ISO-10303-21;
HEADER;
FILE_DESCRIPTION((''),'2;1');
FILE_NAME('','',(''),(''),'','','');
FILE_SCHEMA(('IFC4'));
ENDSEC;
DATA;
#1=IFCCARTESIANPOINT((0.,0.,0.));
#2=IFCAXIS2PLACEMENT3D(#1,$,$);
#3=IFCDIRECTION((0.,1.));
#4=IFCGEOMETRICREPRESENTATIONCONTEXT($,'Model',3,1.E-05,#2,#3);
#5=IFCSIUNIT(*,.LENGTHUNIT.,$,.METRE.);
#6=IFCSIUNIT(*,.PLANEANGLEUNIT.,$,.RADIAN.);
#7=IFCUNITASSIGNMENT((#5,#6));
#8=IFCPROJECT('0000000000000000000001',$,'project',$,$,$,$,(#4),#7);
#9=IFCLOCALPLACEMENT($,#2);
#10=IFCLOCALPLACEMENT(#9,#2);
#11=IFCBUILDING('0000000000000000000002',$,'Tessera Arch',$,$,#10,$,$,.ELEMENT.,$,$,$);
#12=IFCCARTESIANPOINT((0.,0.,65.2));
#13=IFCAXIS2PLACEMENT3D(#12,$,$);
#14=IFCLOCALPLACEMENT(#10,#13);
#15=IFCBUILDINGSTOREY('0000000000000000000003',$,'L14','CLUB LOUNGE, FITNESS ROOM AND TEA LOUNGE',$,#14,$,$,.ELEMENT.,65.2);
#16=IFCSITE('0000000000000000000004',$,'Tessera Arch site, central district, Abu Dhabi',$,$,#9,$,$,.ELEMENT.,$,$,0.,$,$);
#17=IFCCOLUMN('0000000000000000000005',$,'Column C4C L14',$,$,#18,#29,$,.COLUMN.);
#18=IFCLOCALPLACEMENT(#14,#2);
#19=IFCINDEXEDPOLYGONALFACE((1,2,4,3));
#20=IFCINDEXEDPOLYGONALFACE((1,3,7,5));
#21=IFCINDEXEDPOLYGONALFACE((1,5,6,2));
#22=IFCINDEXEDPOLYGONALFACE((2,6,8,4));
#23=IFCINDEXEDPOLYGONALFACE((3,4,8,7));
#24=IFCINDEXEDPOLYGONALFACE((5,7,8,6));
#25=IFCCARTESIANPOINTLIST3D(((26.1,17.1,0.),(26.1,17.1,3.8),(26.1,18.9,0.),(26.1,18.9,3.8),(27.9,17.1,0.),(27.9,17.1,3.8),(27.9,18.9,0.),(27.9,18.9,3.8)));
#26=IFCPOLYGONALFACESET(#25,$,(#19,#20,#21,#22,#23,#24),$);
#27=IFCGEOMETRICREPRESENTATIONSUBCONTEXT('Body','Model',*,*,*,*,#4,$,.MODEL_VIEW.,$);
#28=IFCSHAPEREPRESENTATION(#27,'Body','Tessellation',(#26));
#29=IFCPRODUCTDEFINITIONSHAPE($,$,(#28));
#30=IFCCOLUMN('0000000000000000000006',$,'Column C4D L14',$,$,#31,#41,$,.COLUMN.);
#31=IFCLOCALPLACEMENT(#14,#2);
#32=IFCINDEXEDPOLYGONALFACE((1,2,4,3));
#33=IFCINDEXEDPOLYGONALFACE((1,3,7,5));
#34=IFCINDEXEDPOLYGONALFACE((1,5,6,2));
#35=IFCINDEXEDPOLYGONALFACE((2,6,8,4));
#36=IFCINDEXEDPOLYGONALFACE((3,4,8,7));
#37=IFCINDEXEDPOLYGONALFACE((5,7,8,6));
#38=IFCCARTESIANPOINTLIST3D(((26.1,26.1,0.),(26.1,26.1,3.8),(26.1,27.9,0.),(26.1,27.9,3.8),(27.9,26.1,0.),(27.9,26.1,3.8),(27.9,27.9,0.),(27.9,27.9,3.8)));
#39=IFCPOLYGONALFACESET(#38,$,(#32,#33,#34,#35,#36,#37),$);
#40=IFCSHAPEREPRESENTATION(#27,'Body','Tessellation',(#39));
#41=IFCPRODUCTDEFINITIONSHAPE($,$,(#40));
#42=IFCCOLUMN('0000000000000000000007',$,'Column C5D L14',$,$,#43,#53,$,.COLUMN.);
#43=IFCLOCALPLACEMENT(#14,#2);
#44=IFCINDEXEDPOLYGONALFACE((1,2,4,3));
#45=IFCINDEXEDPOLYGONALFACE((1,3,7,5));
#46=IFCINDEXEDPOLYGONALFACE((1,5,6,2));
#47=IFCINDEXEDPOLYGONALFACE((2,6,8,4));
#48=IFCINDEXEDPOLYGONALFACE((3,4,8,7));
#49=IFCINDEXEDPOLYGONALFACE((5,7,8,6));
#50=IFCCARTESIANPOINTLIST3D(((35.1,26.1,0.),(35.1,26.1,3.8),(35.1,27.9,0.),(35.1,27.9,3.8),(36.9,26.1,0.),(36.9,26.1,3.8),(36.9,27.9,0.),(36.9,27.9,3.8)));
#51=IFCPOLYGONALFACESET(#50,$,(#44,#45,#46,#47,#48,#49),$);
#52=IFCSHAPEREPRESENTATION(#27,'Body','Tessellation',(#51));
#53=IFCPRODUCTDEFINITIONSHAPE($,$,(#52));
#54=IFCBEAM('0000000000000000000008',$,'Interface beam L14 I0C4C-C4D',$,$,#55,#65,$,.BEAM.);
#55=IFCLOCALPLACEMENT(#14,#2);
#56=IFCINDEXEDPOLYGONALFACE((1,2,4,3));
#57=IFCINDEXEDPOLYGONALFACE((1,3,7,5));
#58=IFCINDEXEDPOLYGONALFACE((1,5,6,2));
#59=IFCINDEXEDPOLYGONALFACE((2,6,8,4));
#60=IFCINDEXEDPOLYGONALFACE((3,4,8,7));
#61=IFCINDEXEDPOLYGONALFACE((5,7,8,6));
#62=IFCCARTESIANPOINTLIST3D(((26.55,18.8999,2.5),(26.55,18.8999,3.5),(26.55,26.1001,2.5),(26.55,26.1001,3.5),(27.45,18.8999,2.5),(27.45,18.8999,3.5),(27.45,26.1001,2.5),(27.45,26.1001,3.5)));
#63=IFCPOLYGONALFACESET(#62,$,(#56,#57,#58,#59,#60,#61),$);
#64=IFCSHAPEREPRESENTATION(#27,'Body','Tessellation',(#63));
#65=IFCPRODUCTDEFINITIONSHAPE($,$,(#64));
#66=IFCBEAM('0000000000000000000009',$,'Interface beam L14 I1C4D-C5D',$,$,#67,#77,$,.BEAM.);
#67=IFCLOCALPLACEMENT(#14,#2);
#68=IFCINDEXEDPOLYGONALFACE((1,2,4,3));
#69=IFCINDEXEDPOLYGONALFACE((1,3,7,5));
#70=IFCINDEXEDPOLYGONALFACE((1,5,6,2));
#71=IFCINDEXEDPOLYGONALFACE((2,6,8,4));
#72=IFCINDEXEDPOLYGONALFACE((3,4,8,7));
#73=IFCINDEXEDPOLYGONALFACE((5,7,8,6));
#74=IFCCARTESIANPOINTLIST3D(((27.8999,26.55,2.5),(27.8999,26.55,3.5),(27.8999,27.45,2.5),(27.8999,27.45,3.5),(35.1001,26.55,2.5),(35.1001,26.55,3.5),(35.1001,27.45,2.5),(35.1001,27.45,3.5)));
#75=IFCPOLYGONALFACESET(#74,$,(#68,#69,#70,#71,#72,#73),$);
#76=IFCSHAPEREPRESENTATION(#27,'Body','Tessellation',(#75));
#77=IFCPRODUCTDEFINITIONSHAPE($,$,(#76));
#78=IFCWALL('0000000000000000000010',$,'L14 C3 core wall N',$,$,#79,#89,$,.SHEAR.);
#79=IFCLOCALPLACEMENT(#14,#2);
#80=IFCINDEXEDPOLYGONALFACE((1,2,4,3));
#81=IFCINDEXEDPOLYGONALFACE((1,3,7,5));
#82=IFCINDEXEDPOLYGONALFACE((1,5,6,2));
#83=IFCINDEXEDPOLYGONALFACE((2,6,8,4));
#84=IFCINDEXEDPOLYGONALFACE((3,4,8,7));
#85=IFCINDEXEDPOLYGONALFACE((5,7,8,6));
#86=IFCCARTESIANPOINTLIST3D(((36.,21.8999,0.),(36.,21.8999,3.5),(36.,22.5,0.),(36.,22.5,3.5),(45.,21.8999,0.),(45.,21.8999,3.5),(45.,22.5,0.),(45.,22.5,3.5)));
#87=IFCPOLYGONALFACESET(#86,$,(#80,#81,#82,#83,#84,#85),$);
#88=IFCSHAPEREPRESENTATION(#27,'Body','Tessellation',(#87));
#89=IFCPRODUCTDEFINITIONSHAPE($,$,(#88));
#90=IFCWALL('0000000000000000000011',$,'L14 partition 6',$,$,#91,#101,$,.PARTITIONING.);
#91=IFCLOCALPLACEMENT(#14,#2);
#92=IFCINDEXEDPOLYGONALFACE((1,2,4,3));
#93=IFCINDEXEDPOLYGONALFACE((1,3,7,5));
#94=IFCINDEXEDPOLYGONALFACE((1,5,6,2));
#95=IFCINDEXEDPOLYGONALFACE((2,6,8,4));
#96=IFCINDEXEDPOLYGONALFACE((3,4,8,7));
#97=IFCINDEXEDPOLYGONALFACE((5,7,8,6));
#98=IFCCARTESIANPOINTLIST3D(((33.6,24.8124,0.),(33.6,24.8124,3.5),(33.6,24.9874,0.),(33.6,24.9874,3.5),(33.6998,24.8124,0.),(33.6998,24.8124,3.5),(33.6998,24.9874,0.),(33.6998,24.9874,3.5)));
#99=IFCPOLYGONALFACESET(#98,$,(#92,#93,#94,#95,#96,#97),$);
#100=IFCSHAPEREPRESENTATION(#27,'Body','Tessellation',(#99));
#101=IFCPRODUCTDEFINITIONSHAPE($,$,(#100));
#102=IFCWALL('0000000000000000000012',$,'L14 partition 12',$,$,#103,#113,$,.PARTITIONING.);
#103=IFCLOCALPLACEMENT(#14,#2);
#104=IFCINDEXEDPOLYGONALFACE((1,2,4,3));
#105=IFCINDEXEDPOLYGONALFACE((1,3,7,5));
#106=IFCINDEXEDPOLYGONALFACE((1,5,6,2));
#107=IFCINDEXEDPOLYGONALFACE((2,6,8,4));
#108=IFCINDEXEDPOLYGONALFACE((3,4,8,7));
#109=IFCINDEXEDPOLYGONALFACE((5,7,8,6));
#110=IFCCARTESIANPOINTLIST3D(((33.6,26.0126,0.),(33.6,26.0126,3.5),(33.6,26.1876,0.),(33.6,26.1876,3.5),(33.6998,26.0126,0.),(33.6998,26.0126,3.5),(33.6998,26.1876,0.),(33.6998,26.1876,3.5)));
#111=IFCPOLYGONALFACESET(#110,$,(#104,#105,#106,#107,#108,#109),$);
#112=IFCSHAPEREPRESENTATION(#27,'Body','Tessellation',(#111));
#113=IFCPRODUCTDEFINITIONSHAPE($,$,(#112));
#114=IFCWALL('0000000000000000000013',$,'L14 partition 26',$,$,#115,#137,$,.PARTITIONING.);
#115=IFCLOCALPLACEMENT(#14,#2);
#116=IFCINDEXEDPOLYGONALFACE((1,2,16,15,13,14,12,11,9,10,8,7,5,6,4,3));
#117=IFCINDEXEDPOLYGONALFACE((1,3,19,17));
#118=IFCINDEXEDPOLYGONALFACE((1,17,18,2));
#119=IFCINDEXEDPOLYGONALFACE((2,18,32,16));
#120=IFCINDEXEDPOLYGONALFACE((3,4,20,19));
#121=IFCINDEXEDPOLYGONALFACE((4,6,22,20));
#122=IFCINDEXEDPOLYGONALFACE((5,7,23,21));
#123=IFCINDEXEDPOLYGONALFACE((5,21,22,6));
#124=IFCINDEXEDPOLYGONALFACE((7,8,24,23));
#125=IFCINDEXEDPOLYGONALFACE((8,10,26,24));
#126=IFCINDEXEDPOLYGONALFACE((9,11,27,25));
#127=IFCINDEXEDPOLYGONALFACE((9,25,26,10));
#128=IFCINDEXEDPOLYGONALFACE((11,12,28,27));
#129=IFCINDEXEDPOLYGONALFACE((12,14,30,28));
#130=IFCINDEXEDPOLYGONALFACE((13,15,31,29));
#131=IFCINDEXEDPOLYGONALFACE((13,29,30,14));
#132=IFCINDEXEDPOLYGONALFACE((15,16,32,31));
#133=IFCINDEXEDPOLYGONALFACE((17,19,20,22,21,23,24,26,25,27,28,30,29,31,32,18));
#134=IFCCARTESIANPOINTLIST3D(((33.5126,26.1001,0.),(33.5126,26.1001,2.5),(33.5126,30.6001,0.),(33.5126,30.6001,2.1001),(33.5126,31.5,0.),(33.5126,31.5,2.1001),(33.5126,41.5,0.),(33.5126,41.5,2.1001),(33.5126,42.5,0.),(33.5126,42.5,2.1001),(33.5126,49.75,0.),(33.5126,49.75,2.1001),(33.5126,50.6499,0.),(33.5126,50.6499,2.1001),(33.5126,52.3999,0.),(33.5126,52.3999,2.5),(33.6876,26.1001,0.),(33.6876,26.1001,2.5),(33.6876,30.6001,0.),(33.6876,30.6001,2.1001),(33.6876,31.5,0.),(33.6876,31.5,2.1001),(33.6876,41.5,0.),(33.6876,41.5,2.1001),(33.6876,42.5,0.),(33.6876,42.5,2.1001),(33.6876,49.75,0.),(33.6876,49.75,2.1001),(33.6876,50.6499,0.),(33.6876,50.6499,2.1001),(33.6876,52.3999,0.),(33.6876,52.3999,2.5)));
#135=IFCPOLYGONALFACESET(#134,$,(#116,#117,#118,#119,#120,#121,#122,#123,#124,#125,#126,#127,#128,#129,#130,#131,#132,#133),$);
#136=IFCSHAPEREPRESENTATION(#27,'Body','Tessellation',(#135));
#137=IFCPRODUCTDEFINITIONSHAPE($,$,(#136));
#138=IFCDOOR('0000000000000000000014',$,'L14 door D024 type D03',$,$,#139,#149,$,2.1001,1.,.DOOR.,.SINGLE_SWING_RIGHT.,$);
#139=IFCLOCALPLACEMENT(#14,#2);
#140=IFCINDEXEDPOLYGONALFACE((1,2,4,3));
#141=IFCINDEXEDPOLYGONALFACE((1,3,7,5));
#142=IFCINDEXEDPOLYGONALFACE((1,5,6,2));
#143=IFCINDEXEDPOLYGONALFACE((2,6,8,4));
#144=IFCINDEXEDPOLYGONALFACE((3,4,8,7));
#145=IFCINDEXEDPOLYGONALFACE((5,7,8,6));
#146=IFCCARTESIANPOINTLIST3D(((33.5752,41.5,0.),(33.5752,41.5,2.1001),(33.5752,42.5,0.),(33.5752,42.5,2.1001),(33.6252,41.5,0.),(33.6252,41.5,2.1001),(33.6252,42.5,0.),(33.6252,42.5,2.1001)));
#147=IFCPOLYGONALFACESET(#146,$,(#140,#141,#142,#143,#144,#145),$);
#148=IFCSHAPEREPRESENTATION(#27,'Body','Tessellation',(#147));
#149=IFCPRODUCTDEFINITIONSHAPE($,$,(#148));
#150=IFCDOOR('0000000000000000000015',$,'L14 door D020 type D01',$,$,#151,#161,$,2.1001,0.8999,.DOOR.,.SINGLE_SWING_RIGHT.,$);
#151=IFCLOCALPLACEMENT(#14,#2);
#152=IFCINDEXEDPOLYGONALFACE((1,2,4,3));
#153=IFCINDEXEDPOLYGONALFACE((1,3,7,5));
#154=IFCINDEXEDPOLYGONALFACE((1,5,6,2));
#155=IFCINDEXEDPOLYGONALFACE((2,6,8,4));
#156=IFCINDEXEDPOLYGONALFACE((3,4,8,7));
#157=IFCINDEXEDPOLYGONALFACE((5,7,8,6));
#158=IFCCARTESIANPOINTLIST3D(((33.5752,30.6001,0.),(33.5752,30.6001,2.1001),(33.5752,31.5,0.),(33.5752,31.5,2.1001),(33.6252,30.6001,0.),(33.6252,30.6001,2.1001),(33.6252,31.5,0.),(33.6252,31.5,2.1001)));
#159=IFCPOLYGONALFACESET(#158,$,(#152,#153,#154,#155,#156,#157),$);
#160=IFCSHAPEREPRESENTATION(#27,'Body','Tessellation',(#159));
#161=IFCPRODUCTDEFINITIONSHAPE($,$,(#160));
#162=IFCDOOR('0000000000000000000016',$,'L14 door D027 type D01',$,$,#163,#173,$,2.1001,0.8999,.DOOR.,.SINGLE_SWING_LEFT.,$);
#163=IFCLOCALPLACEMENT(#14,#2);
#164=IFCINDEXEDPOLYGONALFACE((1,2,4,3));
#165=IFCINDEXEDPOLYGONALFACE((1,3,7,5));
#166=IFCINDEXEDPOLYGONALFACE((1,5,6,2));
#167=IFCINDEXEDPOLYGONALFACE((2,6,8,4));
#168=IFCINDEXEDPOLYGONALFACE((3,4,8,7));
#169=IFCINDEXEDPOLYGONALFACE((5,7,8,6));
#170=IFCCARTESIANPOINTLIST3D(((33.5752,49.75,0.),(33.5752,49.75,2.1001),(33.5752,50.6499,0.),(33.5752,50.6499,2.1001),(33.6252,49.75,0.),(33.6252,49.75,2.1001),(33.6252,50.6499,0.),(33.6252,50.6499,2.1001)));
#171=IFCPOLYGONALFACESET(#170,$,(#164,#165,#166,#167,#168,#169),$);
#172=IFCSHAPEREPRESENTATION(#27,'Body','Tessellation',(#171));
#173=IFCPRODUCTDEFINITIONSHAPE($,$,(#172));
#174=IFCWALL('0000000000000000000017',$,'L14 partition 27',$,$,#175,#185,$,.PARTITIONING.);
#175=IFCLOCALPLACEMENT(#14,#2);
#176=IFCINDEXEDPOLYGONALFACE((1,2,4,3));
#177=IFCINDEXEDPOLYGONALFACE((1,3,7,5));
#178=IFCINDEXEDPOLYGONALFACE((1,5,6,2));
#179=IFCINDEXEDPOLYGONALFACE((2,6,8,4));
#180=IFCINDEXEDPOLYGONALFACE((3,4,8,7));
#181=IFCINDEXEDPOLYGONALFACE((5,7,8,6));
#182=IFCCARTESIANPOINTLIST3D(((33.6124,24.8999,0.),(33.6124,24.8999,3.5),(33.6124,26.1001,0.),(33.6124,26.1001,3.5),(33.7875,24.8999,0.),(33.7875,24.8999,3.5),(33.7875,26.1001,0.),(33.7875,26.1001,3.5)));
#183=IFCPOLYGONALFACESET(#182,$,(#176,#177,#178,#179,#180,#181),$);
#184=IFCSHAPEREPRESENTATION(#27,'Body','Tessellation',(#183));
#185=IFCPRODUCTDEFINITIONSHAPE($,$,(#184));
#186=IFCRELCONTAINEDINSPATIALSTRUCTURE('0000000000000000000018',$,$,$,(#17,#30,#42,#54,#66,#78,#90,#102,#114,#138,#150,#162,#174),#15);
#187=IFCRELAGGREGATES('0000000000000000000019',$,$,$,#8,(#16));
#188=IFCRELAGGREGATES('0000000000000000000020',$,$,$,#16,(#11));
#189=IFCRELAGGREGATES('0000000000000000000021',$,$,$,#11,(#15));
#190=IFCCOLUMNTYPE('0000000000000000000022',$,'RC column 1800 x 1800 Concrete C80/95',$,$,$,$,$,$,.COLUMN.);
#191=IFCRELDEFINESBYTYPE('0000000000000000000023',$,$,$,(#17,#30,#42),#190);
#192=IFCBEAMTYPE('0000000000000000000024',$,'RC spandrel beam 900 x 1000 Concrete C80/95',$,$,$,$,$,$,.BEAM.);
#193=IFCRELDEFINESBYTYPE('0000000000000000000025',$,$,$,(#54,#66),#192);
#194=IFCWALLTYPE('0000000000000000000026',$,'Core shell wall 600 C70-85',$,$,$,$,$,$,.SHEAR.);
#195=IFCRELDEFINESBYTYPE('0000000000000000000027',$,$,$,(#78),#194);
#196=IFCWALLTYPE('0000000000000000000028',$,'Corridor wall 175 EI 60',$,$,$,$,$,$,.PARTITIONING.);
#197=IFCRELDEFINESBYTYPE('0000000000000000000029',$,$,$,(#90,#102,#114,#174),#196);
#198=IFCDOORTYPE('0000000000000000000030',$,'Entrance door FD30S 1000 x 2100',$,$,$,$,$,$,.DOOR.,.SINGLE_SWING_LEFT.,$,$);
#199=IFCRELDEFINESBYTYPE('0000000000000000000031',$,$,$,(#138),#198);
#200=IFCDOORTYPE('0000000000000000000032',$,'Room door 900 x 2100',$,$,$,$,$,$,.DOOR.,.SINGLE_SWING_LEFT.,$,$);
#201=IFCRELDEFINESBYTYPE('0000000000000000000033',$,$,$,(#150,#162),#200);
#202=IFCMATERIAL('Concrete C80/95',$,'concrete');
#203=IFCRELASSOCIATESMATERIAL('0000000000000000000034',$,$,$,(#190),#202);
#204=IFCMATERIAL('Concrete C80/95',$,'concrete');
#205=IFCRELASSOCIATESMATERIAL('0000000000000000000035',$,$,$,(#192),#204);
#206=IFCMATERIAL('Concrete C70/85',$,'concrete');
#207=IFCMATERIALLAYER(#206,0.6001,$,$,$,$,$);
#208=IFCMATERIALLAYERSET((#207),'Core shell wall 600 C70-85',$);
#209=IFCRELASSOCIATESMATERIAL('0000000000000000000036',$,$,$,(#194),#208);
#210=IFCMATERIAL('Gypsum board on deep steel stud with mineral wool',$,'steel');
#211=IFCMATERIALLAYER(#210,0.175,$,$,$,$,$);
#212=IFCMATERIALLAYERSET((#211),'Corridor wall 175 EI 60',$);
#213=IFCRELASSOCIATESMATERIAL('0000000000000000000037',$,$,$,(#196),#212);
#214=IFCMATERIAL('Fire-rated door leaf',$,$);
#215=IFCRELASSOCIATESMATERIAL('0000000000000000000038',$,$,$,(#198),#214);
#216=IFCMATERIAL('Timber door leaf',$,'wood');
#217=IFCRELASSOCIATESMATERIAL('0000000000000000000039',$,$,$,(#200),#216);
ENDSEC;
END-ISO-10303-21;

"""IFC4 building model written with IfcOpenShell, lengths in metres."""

from ifc_helpers import new_model, si_unit, direction, frame, frame_2d, origin, origin_2d, place, context, subcontext, project, spatial, rectangle, extrude, material, layer, layer_set, material_profile, profile_set, type_object, element, fill, save


model = new_model("IFC4")

# Units and contexts
model_context = context("Model", 3, precision=1e-05, world=origin(), true_north=direction((0.0, 1.0)))
body_context = subcontext(model_context, "Body", "Model", "MODEL_VIEW")
ifc_project = project(units=[si_unit("LENGTHUNIT", "METRE"), si_unit("PLANEANGLEUNIT", "RADIAN")], contexts=[model_context])

# Site, building, storey
site_placement = place(None, origin())
site = spatial("IfcSite", under=ifc_project, at=site_placement, Name="Tessera Arch site, central district, Abu Dhabi", CompositionType="ELEMENT", RefElevation=0.0)
building_placement = place(site_placement, origin())
building = spatial("IfcBuilding", under=site, at=building_placement, Name="Tessera Arch", CompositionType="ELEMENT")
storey_placement = place(building_placement, frame((0.0, 0.0, 65.2)))
storey = spatial("IfcBuildingStorey", under=building, at=storey_placement, Name="L14", Description="CLUB LOUNGE, FITNESS ROOM AND TEA LOUNGE", CompositionType="ELEMENT", Elevation=65.2)

# Columns
ifc_material_1 = material(Name="Concrete C80/95", Category="concrete")
ifc_material_profile_1 = material_profile(ifc_material_1, rectangle(XDim=1.8, YDim=1.8, at=origin_2d()), Name="RC column 1800 x 1800 Concrete C80/95")
ifc_profile_set_1 = profile_set([ifc_material_profile_1], Name="Concrete C80/95")
column_type = type_object("IfcColumnType", Name="RC column 1800 x 1800 Concrete C80/95", PredefinedType="COLUMN", material=ifc_profile_set_1)
for number, where, z_axis, x_axis, name in (
    (1, (27.0, 18.0, 0.0), (0.0, 0.0, 1.0), (1.0, 0.0, 0.0), "Column C4C L14"),
    (2, (27.0, 27.0, 0.0), (0.0, 0.0, 1.0), (1.0, 0.0, 0.0), "Column C4D L14"),
    (3, (36.0, 27.0, 0.0), (0.0, 0.0, 1.0), (1.0, 0.0, 0.0), "Column C5D L14"),
):
    element("IfcColumn", number, at=place(storey_placement, frame(where, z_axis=z_axis, x_axis=x_axis)), inside=storey, type_object=column_type, Name=name, PredefinedType="COLUMN", context=body_context, shape_type="SweptSolid", body=[
        extrude(rectangle(XDim=1.8, YDim=1.8, at=origin_2d()), origin(), (0.0, 0.0, 1.0), 3.8),
    ])

# Beams
ifc_material_2 = material(Name="Concrete C80/95", Category="concrete")
ifc_material_profile_2 = material_profile(ifc_material_2, rectangle(XDim=0.8999, YDim=1.0, at=origin_2d()), Name="RC spandrel beam 900 x 1000 Concrete C80/95")
ifc_profile_set_2 = profile_set([ifc_material_profile_2], Name="Concrete C80/95")
beam_type = type_object("IfcBeamType", Name="RC spandrel beam 900 x 1000 Concrete C80/95", PredefinedType="BEAM", material=ifc_profile_set_2)
for number, where, z_axis, x_axis, name in (
    (4, (27.0, 18.8999, 3.0), (0.0, 1.0, 0.0), (-1.0, 0.0, 0.0), "Interface beam L14 I0C4C-C4D"),
    (5, (27.8999, 27.0, 3.0), (1.0, 0.0, 0.0), (0.0, 1.0, 0.0), "Interface beam L14 I1C4D-C5D"),
):
    element("IfcBeam", number, at=place(storey_placement, frame(where, z_axis=z_axis, x_axis=x_axis)), inside=storey, type_object=beam_type, Name=name, PredefinedType="BEAM", context=body_context, shape_type="SweptSolid", body=[
        extrude(rectangle(XDim=0.8999, YDim=1.0, at=origin_2d()), origin(), (0.0, 0.0, 1.0), 7.2002),
    ])

# Walls
ifc_material_3 = material(Name="Concrete C70/85", Category="concrete")
ifc_layer_1 = layer(ifc_material_3, 0.6001)
ifc_layer_set_1 = layer_set([ifc_layer_1], Name="Core shell wall 600 C70-85")
wall_type_1 = type_object("IfcWallType", Name="Core shell wall 600 C70-85", PredefinedType="SHEAR", material=ifc_layer_set_1)
wall_1_placement = place(storey_placement, frame((36.0, 22.2, 0.0), z_axis=(0.0, 0.0, 1.0), x_axis=(1.0, 0.0, 0.0)))
element("IfcWall", 6, at=wall_1_placement, inside=storey, type_object=wall_type_1, Name="L14 C3 core wall N", PredefinedType="SHEAR", context=body_context, shape_type="SweptSolid", body=[
    extrude(rectangle(XDim=9.0, YDim=0.6001, at=frame_2d((4.5, 0.0))), origin(), (0.0, 0.0, 1.0), 3.5),
])
ifc_material_4 = material(Name="Gypsum board on deep steel stud with mineral wool", Category="steel")
ifc_layer_2 = layer(ifc_material_4, 0.175)
ifc_layer_set_2 = layer_set([ifc_layer_2], Name="Corridor wall 175 EI 60")
wall_type_2 = type_object("IfcWallType", Name="Corridor wall 175 EI 60", PredefinedType="PARTITIONING", material=ifc_layer_set_2)
for number, where, z_axis, x_axis, name in (
    (7, (33.6001, 24.8999, 0.0), (0.0, 0.0, 1.0), (1.0, 0.0, 0.0), "L14 partition 6"),
    (8, (33.6001, 26.1001, 0.0), (0.0, 0.0, 1.0), (1.0, 0.0, 0.0), "L14 partition 12"),
):
    element("IfcWall", number, at=place(storey_placement, frame(where, z_axis=z_axis, x_axis=x_axis)), inside=storey, type_object=wall_type_2, Name=name, PredefinedType="PARTITIONING", context=body_context, shape_type="SweptSolid", body=[
        extrude(rectangle(XDim=0.0999, YDim=0.175, at=frame_2d((0.0498, 0.0))), origin(), (0.0, 0.0, 1.0), 3.5),
    ])

# Wall, openings, doors
wall_2_placement = place(storey_placement, frame((33.6001, 26.1001, 0.0), z_axis=(0.0, 0.0, 1.0), x_axis=(0.0, 1.0, 0.0)))
wall_2 = element("IfcWall", 9, at=wall_2_placement, inside=storey, type_object=wall_type_2, Name="L14 partition 26", PredefinedType="PARTITIONING", context=body_context, shape_type="SweptSolid", body=[
    extrude(rectangle(XDim=26.2998, YDim=0.175, at=frame_2d((13.1499, 0.0))), origin(), (0.0, 0.0, 1.0), 2.5),
])
opening_1_placement = place(wall_2_placement, frame((4.5, 0.0, 0.0)))
opening_1 = element("IfcOpeningElement", 10, at=opening_1_placement, cuts=wall_2, PredefinedType="OPENING", context=body_context, shape_type="SweptSolid", body=[
    extrude(rectangle(XDim=0.8999, YDim=2.1001, at=frame_2d((0.45, 1.05))), frame((0.0, 0.0974, 0.0), z_axis=(0.0, -1.0, 0.0), x_axis=(1.0, 0.0, 0.0)), (0.0, 0.0, 1.0), 0.1951),
])
opening_2_placement = place(wall_2_placement, frame((15.3999, 0.0, 0.0)))
opening_2 = element("IfcOpeningElement", 11, at=opening_2_placement, cuts=wall_2, PredefinedType="OPENING", context=body_context, shape_type="SweptSolid", body=[
    extrude(rectangle(XDim=1.0, YDim=2.1001, at=frame_2d((0.5, 1.05))), frame((0.0, 0.0974, 0.0), z_axis=(0.0, -1.0, 0.0), x_axis=(1.0, 0.0, 0.0)), (0.0, 0.0, 1.0), 0.1951),
])
opening_3_placement = place(wall_2_placement, frame((23.6499, 0.0, 0.0)))
opening_3 = element("IfcOpeningElement", 12, at=opening_3_placement, cuts=wall_2, PredefinedType="OPENING", context=body_context, shape_type="SweptSolid", body=[
    extrude(rectangle(XDim=0.8999, YDim=2.1001, at=frame_2d((0.45, 1.05))), frame((0.0, 0.0974, 0.0), z_axis=(0.0, -1.0, 0.0), x_axis=(1.0, 0.0, 0.0)), (0.0, 0.0, 1.0), 0.1951),
])
ifc_material_5 = material(Name="Fire-rated door leaf")
door_type_1 = type_object("IfcDoorType", Name="Entrance door FD30S 1000 x 2100", OperationType="SINGLE_SWING_LEFT", PredefinedType="DOOR", material=ifc_material_5)
door_1_placement = place(opening_2_placement, origin())
door_1 = element("IfcDoor", 13, at=door_1_placement, inside=storey, type_object=door_type_1, Name="L14 door D024 type D03", OperationType="SINGLE_SWING_RIGHT", OverallHeight=2.1001, OverallWidth=1.0, PredefinedType="DOOR", context=body_context, shape_type="SweptSolid", body=[
    extrude(rectangle(XDim=1.0, YDim=2.1001, at=frame_2d((0.5, 1.05))), frame((0.0, 0.0249, 0.0), z_axis=(0.0, -1.0, 0.0), x_axis=(1.0, 0.0, 0.0)), (0.0, 0.0, 1.0), 0.05),
])
fill(opening_2, door_1)
ifc_material_6 = material(Name="Timber door leaf", Category="wood")
door_type_2 = type_object("IfcDoorType", Name="Room door 900 x 2100", OperationType="SINGLE_SWING_LEFT", PredefinedType="DOOR", material=ifc_material_6)
door_2_placement = place(opening_1_placement, origin())
door_2 = element("IfcDoor", 14, at=door_2_placement, inside=storey, type_object=door_type_2, Name="L14 door D020 type D01", OperationType="SINGLE_SWING_RIGHT", OverallHeight=2.1001, OverallWidth=0.8999, PredefinedType="DOOR", context=body_context, shape_type="SweptSolid", body=[
    extrude(rectangle(XDim=0.8999, YDim=2.1001, at=frame_2d((0.45, 1.05))), frame((0.0, 0.0249, 0.0), z_axis=(0.0, -1.0, 0.0), x_axis=(1.0, 0.0, 0.0)), (0.0, 0.0, 1.0), 0.05),
])
fill(opening_1, door_2)
door_3_placement = place(opening_3_placement, origin())
door_3 = element("IfcDoor", 15, at=door_3_placement, inside=storey, type_object=door_type_2, Name="L14 door D027 type D01", OperationType="SINGLE_SWING_LEFT", OverallHeight=2.1001, OverallWidth=0.8999, PredefinedType="DOOR", context=body_context, shape_type="SweptSolid", body=[
    extrude(rectangle(XDim=0.8999, YDim=2.1001, at=frame_2d((0.45, 1.05))), frame((0.0, 0.0249, 0.0), z_axis=(0.0, -1.0, 0.0), x_axis=(1.0, 0.0, 0.0)), (0.0, 0.0, 1.0), 0.05),
])
fill(opening_3, door_3)

# Wall
wall_3_placement = place(storey_placement, frame((33.7, 24.8999, 0.0), z_axis=(0.0, 0.0, 1.0), x_axis=(0.0, 1.0, 0.0)))
element("IfcWall", 16, at=wall_3_placement, inside=storey, type_object=wall_type_2, Name="L14 partition 27", PredefinedType="PARTITIONING", context=body_context, shape_type="SweptSolid", body=[
    extrude(rectangle(XDim=1.2002, YDim=0.175, at=frame_2d((0.6001, 0.0))), origin(), (0.0, 0.0, 1.0), 3.5),
])

save(model, "model.ifc")
